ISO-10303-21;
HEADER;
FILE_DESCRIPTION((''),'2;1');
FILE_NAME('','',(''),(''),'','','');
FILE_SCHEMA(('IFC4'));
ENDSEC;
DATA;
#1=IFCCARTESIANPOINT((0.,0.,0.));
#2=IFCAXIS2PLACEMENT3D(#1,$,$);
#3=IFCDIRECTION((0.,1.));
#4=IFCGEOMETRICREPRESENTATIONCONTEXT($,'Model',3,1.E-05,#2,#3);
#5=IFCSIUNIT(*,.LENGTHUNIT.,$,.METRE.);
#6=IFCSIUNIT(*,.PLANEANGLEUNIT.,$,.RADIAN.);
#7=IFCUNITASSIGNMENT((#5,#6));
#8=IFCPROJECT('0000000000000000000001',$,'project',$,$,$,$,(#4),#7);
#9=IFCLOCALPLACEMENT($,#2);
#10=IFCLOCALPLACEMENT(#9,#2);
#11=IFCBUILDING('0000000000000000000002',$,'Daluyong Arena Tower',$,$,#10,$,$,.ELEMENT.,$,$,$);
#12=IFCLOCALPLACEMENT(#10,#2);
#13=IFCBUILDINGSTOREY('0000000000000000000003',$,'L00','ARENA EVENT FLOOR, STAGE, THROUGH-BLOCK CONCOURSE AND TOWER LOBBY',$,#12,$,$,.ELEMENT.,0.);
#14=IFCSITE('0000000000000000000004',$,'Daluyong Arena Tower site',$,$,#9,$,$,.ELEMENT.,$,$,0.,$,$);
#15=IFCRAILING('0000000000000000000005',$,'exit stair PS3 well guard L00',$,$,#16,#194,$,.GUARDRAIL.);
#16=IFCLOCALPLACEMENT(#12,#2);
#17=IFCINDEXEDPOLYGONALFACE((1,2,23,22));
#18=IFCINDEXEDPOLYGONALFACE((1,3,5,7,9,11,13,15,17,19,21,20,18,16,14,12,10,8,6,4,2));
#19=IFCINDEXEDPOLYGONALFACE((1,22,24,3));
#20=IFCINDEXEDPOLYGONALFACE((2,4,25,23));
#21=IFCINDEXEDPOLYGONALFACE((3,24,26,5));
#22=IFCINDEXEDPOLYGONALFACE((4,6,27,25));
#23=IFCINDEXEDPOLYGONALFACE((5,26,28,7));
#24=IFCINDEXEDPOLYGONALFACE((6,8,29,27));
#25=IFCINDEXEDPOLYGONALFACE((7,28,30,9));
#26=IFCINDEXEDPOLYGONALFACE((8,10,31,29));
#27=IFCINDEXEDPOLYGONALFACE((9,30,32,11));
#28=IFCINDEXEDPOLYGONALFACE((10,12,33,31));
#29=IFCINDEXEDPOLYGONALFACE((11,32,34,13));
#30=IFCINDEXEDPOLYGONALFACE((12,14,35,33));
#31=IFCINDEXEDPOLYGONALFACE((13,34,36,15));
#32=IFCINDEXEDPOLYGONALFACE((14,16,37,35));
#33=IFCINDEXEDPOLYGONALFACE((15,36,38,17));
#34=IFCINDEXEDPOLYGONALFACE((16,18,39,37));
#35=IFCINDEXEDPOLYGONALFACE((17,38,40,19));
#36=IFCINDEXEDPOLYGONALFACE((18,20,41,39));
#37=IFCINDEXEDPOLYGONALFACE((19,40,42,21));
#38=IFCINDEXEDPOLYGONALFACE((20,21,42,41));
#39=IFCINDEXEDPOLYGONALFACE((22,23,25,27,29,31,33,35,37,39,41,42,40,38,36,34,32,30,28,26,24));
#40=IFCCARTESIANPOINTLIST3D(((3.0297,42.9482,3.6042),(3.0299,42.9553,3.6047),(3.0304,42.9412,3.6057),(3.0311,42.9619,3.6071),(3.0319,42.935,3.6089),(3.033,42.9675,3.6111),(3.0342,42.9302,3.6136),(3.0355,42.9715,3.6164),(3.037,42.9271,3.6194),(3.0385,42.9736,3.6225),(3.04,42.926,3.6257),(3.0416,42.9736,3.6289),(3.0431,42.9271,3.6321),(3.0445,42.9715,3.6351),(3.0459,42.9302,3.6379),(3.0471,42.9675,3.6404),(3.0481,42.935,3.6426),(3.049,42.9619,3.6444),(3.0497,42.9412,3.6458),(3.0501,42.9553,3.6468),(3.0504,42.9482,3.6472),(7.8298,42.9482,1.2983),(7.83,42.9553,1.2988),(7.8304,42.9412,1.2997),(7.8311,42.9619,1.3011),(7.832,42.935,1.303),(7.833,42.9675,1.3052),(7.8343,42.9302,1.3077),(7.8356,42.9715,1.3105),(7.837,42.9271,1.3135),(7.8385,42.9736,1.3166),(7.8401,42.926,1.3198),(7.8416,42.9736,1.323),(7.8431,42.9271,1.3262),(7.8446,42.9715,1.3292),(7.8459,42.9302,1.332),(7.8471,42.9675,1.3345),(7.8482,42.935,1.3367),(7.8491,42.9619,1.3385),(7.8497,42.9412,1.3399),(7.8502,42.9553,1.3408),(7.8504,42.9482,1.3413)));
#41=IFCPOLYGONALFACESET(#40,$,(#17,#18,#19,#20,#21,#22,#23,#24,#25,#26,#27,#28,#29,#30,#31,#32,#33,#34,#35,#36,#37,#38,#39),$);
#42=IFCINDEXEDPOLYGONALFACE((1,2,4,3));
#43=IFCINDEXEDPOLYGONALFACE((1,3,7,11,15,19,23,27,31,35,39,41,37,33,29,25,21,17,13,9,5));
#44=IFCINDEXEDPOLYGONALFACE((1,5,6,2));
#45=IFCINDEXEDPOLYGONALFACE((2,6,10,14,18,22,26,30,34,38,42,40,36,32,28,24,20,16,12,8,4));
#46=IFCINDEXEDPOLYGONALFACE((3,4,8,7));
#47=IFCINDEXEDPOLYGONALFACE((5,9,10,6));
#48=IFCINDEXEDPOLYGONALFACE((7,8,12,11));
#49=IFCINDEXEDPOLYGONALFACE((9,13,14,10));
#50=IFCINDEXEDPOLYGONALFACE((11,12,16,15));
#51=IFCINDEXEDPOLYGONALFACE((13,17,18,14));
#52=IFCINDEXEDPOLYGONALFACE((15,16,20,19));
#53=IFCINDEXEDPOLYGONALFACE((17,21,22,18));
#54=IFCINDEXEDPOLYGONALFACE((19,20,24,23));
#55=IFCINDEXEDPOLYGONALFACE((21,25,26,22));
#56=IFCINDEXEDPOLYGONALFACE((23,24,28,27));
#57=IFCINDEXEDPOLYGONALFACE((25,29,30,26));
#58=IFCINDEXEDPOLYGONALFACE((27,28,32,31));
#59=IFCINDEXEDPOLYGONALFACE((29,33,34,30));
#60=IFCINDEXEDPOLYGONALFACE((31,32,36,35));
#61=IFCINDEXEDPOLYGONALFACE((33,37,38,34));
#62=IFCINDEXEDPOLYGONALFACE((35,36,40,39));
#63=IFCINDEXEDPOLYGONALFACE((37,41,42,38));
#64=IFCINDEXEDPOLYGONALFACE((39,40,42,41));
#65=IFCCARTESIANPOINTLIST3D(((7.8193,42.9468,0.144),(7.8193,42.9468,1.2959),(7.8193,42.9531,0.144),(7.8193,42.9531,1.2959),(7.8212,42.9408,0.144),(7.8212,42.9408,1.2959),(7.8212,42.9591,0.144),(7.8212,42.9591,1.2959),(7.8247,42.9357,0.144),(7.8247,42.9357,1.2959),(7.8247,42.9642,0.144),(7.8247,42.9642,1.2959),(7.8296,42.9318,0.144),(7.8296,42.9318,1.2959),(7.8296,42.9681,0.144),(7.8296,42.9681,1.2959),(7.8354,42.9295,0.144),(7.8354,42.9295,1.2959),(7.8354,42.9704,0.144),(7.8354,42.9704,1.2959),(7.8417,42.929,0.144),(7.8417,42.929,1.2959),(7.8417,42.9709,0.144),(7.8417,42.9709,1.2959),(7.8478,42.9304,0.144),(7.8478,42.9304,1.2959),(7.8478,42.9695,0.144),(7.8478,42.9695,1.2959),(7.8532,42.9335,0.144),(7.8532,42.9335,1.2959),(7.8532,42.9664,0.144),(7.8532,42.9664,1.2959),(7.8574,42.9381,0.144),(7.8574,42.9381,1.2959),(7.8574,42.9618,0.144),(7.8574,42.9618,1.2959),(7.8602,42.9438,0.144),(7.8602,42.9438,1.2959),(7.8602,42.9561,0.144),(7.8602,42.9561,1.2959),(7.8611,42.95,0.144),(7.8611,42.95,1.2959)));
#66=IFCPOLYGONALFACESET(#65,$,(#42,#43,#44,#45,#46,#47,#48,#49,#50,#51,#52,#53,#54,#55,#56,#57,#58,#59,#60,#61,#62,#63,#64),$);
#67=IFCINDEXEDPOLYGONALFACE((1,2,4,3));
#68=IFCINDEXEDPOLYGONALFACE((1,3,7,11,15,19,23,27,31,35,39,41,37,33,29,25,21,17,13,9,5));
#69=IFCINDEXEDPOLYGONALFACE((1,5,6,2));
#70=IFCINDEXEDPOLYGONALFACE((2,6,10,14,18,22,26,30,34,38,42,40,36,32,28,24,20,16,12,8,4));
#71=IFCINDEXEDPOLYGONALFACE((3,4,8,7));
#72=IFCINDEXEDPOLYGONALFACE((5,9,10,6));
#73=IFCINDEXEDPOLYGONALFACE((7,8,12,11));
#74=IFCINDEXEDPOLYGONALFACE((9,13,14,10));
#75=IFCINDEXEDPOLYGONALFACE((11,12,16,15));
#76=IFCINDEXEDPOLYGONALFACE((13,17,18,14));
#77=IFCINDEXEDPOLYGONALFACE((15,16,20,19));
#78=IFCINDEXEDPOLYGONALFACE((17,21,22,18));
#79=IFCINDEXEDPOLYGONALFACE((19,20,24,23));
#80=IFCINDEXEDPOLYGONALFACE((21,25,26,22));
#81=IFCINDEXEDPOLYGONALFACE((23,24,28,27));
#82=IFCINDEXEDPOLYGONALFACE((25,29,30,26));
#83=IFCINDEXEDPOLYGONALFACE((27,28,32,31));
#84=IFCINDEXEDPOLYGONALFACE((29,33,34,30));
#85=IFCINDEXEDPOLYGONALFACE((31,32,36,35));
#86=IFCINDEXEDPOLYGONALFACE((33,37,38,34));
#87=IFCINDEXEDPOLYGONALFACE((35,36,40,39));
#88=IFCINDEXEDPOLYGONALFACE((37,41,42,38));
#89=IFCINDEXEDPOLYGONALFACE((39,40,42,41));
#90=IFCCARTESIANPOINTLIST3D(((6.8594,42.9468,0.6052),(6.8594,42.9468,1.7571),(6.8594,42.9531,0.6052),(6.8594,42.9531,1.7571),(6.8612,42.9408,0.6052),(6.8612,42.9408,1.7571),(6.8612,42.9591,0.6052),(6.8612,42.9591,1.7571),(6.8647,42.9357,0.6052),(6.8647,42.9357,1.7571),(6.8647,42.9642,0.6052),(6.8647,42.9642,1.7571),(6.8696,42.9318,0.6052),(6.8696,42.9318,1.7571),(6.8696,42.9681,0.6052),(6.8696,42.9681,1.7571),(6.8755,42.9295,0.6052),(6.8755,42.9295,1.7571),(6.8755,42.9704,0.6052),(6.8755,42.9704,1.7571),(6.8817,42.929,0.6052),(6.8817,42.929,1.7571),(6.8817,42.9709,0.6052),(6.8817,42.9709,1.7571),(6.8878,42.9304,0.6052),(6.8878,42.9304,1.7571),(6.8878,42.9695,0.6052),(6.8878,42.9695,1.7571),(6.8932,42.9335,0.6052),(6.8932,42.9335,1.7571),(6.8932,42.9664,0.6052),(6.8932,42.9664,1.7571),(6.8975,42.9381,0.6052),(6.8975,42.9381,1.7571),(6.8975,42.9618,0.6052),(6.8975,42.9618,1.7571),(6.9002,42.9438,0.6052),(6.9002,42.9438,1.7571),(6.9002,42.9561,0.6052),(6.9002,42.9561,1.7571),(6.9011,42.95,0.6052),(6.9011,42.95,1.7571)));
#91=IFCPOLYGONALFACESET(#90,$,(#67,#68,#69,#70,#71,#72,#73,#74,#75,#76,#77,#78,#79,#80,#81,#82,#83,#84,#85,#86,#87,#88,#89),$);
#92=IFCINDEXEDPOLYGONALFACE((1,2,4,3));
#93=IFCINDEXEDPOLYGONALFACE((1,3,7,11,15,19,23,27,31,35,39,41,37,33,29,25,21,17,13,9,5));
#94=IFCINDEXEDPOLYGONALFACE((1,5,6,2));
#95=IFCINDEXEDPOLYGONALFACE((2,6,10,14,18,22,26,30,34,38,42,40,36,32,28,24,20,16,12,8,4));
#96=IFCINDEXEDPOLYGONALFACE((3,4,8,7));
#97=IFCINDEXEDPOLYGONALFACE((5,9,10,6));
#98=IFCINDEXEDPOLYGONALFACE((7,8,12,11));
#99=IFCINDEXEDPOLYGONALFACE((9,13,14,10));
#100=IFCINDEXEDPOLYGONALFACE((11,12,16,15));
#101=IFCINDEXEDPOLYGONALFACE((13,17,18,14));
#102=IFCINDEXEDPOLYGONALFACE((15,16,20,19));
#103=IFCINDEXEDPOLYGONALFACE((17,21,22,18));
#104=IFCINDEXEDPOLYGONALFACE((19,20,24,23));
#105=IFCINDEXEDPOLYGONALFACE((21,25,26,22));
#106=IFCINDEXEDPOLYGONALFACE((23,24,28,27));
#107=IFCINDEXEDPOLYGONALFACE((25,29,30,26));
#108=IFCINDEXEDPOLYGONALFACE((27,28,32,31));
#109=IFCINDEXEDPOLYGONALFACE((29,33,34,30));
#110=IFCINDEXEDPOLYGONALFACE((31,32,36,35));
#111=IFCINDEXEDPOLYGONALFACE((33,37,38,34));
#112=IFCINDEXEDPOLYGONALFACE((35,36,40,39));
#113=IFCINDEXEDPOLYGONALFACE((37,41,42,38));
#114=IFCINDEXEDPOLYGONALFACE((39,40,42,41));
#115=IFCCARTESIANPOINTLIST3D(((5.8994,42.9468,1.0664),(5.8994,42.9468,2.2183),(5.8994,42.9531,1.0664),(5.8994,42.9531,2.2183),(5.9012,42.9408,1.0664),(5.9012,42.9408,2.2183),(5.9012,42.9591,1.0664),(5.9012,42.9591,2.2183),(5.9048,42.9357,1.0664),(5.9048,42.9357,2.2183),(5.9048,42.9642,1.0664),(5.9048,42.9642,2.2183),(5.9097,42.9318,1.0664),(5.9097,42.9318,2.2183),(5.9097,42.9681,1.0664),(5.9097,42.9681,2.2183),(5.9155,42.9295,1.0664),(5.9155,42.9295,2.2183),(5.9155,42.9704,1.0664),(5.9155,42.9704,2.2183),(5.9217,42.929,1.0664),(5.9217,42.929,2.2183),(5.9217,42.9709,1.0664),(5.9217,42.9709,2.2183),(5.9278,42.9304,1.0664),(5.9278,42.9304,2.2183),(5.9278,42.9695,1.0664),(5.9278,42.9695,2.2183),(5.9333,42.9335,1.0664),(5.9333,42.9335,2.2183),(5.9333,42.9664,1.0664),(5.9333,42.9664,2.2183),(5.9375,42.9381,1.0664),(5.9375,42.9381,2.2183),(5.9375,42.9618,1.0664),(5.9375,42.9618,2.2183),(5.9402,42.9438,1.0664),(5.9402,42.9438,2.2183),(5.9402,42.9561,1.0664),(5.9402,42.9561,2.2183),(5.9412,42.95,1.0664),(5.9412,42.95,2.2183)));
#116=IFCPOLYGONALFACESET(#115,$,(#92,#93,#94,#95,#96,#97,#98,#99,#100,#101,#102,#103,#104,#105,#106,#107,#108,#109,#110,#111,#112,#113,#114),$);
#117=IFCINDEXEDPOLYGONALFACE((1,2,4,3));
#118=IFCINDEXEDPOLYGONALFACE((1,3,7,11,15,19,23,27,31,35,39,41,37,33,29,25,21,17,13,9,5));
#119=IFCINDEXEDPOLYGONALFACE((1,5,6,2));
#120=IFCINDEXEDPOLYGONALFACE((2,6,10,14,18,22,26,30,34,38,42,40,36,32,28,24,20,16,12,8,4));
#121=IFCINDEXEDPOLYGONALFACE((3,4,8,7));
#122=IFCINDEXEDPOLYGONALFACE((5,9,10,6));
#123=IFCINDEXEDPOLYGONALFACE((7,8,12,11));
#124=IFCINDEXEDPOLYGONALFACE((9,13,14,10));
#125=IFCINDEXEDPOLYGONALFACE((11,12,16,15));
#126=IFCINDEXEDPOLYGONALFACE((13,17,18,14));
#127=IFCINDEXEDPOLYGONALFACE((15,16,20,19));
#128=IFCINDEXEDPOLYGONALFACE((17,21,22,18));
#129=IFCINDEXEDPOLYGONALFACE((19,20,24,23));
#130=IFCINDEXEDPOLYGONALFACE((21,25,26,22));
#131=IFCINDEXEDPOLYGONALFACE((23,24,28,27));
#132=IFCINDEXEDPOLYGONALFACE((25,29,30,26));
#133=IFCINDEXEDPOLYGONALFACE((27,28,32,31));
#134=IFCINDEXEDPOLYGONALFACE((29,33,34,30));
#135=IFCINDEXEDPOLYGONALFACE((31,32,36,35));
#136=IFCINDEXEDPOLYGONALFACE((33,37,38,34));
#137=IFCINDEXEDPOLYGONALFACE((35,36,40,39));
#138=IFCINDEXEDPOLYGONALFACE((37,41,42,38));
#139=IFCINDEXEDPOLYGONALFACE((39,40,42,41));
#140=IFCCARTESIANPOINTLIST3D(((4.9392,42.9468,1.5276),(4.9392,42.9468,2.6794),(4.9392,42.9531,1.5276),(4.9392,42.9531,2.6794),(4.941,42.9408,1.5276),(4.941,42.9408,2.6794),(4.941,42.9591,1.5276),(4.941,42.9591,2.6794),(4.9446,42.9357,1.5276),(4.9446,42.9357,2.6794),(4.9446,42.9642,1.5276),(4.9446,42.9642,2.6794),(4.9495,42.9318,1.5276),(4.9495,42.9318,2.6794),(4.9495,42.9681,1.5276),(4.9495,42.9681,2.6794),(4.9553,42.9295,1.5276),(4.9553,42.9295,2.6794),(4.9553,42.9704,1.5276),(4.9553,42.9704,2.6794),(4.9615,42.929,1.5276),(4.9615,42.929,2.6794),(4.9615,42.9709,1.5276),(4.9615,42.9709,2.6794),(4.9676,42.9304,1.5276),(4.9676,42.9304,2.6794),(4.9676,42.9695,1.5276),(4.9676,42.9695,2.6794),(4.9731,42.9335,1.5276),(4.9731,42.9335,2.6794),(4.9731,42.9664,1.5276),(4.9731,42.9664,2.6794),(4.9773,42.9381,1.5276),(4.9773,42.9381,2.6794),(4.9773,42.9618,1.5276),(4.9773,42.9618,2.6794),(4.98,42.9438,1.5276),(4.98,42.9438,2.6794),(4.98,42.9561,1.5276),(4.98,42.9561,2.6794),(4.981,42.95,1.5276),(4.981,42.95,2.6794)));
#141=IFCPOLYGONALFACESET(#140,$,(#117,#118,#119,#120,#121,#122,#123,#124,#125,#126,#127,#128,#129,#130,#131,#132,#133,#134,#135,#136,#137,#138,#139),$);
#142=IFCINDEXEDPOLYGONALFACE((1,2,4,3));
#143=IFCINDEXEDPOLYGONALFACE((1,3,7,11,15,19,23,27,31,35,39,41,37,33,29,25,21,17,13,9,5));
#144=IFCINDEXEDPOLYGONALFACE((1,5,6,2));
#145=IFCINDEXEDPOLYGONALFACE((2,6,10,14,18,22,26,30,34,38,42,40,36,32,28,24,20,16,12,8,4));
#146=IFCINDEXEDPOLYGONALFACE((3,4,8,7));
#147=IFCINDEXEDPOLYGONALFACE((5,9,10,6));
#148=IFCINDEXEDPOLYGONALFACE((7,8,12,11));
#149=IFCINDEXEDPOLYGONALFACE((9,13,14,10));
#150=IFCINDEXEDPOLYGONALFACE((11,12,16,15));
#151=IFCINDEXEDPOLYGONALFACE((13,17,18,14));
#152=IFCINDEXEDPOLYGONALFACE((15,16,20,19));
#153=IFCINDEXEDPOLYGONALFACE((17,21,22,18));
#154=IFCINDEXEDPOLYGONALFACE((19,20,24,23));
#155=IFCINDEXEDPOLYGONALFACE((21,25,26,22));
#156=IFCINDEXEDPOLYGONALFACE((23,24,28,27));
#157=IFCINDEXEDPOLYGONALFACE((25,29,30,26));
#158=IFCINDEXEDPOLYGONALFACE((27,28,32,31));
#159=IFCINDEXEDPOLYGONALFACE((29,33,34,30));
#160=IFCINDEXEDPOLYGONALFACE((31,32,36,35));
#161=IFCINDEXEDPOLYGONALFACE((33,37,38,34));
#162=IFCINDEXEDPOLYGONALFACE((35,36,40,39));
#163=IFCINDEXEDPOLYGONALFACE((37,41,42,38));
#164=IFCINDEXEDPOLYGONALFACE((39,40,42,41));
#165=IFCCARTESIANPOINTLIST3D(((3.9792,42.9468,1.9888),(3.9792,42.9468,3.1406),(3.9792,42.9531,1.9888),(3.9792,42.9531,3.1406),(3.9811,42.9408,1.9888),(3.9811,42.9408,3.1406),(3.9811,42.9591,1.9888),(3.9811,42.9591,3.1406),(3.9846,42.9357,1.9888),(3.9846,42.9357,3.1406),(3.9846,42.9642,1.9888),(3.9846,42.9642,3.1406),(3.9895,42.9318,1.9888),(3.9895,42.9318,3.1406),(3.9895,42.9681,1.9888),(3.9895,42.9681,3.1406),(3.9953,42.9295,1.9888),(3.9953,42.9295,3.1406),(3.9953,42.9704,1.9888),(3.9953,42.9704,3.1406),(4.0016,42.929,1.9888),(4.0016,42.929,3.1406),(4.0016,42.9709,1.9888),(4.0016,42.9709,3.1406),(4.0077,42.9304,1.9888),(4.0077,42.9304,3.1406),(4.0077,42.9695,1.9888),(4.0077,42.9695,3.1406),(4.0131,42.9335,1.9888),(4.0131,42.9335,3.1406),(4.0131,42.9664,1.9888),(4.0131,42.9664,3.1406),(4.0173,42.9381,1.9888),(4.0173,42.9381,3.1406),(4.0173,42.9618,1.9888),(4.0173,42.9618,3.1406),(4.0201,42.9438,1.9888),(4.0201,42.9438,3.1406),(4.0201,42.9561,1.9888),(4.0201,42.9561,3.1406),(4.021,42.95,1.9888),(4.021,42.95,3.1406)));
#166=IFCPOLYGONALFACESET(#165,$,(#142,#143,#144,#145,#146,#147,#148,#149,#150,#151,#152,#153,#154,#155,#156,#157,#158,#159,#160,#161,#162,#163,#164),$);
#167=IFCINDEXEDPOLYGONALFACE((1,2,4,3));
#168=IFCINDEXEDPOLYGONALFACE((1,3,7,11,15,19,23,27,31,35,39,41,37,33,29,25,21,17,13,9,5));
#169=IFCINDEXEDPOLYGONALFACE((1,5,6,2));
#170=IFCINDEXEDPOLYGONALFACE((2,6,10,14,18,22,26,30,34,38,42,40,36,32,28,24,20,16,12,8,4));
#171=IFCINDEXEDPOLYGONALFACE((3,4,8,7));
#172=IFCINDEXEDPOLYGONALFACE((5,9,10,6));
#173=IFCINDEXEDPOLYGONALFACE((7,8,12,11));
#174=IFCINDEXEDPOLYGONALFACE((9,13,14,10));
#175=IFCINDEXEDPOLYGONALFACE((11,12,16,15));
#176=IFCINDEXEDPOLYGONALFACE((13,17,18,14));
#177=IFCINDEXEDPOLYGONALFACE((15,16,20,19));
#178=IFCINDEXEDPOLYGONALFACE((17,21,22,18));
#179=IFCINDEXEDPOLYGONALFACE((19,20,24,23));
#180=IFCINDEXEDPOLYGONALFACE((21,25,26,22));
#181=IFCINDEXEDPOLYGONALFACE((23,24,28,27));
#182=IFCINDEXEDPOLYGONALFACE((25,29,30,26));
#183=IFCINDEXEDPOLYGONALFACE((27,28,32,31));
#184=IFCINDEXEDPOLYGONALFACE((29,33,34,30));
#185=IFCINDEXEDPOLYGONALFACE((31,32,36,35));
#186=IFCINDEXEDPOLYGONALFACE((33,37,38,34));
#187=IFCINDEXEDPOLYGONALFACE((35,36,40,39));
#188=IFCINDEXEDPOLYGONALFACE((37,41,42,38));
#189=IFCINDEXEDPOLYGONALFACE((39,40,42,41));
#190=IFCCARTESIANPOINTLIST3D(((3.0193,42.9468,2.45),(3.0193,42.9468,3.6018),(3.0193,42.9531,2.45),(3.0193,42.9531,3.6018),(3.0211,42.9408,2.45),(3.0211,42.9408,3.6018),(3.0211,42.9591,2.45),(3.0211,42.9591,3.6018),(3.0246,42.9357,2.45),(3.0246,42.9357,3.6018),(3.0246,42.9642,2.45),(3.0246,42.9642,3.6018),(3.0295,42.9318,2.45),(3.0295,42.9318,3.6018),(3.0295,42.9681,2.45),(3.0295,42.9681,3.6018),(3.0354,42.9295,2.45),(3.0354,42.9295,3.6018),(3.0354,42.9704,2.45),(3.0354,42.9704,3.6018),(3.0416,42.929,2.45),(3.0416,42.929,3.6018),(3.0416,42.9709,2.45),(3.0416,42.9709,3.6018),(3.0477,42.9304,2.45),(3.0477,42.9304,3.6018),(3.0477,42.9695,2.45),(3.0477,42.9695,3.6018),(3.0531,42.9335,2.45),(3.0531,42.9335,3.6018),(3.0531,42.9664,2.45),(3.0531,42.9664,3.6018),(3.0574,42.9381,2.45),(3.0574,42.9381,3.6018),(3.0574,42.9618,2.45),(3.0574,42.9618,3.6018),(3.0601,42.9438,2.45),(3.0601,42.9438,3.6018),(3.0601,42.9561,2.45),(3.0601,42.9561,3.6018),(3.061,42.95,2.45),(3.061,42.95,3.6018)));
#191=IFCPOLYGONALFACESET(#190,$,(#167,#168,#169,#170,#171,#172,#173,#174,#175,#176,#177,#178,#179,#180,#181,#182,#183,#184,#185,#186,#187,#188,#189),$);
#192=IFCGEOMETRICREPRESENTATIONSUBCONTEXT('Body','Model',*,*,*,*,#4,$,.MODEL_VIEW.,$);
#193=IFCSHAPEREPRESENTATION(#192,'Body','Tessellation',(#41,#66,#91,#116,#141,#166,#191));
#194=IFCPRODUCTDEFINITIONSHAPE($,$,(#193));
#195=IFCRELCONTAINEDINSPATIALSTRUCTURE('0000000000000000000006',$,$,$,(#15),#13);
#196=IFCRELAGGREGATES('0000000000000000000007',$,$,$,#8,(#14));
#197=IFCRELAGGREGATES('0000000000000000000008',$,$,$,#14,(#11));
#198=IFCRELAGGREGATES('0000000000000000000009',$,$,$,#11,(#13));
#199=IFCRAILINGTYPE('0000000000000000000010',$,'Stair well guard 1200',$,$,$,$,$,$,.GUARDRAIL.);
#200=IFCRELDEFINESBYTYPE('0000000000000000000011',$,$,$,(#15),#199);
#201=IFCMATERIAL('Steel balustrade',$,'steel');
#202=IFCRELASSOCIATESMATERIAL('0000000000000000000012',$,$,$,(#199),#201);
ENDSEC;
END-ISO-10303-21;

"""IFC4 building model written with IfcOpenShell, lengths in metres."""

from ifc_helpers import new_model, si_unit, direction, frame, origin, origin_2d, place, context, subcontext, project, spatial, circle, extrude, material, type_object, element, save


model = new_model("IFC4")

# Units and contexts
model_context = context("Model", 3, precision=1e-05, world=origin(), true_north=direction((0.0, 1.0)))
body_context = subcontext(model_context, "Body", "Model", "MODEL_VIEW")
ifc_project = project(units=[si_unit("LENGTHUNIT", "METRE"), si_unit("PLANEANGLEUNIT", "RADIAN")], contexts=[model_context])

# Site, building, storey
site_placement = place(None, origin())
site = spatial("IfcSite", under=ifc_project, at=site_placement, Name="Daluyong Arena Tower site", CompositionType="ELEMENT", RefElevation=0.0)
building_placement = place(site_placement, origin())
building = spatial("IfcBuilding", under=site, at=building_placement, Name="Daluyong Arena Tower", CompositionType="ELEMENT")
storey_placement = place(building_placement, origin())
storey = spatial("IfcBuildingStorey", under=building, at=storey_placement, Name="L00", Description="ARENA EVENT FLOOR, STAGE, THROUGH-BLOCK CONCOURSE AND TOWER LOBBY", CompositionType="ELEMENT", Elevation=0.0)

# Railing
ifc_material_1 = material(Name="Steel balustrade", Category="steel")
railing_type = type_object("IfcRailingType", Name="Stair well guard 1200", PredefinedType="GUARDRAIL", material=ifc_material_1)
railing_placement = place(storey_placement, frame((7.8401, 42.95, 0.144)))
element("IfcRailing", 1, at=railing_placement, inside=storey, type_object=railing_type, Name="exit stair PS3 well guard L00", PredefinedType="GUARDRAIL", context=body_context, shape_type="SweptSolid", body=[
    extrude(circle(Radius=0.0239, at=origin_2d()), frame((0.0, 0.0, 1.1758), z_axis=(-0.901385, 0.0, 0.433019), x_axis=(0.0, -1.0, 0.0)), (0.0, 0.0, 1.0), 5.3252),
    extrude(circle(Radius=0.021, at=origin_2d()), origin(), (0.0, 0.0, 1.0), 1.1519),
    extrude(circle(Radius=0.021, at=origin_2d()), frame((-0.96, 0.0, 0.4612)), (0.0, 0.0, 1.0), 1.1519),
    extrude(circle(Radius=0.021, at=origin_2d()), frame((-1.9199, 0.0, 0.9224)), (0.0, 0.0, 1.0), 1.1519),
    extrude(circle(Radius=0.021, at=origin_2d()), frame((-2.8801, 0.0, 1.3835)), (0.0, 0.0, 1.0), 1.1519),
    extrude(circle(Radius=0.021, at=origin_2d()), frame((-3.8401, 0.0, 1.8447)), (0.0, 0.0, 1.0), 1.1519),
    extrude(circle(Radius=0.021, at=origin_2d()), frame((-4.8, 0.0, 2.3059)), (0.0, 0.0, 1.0), 1.1519),
])

save(model, "model.ifc")
